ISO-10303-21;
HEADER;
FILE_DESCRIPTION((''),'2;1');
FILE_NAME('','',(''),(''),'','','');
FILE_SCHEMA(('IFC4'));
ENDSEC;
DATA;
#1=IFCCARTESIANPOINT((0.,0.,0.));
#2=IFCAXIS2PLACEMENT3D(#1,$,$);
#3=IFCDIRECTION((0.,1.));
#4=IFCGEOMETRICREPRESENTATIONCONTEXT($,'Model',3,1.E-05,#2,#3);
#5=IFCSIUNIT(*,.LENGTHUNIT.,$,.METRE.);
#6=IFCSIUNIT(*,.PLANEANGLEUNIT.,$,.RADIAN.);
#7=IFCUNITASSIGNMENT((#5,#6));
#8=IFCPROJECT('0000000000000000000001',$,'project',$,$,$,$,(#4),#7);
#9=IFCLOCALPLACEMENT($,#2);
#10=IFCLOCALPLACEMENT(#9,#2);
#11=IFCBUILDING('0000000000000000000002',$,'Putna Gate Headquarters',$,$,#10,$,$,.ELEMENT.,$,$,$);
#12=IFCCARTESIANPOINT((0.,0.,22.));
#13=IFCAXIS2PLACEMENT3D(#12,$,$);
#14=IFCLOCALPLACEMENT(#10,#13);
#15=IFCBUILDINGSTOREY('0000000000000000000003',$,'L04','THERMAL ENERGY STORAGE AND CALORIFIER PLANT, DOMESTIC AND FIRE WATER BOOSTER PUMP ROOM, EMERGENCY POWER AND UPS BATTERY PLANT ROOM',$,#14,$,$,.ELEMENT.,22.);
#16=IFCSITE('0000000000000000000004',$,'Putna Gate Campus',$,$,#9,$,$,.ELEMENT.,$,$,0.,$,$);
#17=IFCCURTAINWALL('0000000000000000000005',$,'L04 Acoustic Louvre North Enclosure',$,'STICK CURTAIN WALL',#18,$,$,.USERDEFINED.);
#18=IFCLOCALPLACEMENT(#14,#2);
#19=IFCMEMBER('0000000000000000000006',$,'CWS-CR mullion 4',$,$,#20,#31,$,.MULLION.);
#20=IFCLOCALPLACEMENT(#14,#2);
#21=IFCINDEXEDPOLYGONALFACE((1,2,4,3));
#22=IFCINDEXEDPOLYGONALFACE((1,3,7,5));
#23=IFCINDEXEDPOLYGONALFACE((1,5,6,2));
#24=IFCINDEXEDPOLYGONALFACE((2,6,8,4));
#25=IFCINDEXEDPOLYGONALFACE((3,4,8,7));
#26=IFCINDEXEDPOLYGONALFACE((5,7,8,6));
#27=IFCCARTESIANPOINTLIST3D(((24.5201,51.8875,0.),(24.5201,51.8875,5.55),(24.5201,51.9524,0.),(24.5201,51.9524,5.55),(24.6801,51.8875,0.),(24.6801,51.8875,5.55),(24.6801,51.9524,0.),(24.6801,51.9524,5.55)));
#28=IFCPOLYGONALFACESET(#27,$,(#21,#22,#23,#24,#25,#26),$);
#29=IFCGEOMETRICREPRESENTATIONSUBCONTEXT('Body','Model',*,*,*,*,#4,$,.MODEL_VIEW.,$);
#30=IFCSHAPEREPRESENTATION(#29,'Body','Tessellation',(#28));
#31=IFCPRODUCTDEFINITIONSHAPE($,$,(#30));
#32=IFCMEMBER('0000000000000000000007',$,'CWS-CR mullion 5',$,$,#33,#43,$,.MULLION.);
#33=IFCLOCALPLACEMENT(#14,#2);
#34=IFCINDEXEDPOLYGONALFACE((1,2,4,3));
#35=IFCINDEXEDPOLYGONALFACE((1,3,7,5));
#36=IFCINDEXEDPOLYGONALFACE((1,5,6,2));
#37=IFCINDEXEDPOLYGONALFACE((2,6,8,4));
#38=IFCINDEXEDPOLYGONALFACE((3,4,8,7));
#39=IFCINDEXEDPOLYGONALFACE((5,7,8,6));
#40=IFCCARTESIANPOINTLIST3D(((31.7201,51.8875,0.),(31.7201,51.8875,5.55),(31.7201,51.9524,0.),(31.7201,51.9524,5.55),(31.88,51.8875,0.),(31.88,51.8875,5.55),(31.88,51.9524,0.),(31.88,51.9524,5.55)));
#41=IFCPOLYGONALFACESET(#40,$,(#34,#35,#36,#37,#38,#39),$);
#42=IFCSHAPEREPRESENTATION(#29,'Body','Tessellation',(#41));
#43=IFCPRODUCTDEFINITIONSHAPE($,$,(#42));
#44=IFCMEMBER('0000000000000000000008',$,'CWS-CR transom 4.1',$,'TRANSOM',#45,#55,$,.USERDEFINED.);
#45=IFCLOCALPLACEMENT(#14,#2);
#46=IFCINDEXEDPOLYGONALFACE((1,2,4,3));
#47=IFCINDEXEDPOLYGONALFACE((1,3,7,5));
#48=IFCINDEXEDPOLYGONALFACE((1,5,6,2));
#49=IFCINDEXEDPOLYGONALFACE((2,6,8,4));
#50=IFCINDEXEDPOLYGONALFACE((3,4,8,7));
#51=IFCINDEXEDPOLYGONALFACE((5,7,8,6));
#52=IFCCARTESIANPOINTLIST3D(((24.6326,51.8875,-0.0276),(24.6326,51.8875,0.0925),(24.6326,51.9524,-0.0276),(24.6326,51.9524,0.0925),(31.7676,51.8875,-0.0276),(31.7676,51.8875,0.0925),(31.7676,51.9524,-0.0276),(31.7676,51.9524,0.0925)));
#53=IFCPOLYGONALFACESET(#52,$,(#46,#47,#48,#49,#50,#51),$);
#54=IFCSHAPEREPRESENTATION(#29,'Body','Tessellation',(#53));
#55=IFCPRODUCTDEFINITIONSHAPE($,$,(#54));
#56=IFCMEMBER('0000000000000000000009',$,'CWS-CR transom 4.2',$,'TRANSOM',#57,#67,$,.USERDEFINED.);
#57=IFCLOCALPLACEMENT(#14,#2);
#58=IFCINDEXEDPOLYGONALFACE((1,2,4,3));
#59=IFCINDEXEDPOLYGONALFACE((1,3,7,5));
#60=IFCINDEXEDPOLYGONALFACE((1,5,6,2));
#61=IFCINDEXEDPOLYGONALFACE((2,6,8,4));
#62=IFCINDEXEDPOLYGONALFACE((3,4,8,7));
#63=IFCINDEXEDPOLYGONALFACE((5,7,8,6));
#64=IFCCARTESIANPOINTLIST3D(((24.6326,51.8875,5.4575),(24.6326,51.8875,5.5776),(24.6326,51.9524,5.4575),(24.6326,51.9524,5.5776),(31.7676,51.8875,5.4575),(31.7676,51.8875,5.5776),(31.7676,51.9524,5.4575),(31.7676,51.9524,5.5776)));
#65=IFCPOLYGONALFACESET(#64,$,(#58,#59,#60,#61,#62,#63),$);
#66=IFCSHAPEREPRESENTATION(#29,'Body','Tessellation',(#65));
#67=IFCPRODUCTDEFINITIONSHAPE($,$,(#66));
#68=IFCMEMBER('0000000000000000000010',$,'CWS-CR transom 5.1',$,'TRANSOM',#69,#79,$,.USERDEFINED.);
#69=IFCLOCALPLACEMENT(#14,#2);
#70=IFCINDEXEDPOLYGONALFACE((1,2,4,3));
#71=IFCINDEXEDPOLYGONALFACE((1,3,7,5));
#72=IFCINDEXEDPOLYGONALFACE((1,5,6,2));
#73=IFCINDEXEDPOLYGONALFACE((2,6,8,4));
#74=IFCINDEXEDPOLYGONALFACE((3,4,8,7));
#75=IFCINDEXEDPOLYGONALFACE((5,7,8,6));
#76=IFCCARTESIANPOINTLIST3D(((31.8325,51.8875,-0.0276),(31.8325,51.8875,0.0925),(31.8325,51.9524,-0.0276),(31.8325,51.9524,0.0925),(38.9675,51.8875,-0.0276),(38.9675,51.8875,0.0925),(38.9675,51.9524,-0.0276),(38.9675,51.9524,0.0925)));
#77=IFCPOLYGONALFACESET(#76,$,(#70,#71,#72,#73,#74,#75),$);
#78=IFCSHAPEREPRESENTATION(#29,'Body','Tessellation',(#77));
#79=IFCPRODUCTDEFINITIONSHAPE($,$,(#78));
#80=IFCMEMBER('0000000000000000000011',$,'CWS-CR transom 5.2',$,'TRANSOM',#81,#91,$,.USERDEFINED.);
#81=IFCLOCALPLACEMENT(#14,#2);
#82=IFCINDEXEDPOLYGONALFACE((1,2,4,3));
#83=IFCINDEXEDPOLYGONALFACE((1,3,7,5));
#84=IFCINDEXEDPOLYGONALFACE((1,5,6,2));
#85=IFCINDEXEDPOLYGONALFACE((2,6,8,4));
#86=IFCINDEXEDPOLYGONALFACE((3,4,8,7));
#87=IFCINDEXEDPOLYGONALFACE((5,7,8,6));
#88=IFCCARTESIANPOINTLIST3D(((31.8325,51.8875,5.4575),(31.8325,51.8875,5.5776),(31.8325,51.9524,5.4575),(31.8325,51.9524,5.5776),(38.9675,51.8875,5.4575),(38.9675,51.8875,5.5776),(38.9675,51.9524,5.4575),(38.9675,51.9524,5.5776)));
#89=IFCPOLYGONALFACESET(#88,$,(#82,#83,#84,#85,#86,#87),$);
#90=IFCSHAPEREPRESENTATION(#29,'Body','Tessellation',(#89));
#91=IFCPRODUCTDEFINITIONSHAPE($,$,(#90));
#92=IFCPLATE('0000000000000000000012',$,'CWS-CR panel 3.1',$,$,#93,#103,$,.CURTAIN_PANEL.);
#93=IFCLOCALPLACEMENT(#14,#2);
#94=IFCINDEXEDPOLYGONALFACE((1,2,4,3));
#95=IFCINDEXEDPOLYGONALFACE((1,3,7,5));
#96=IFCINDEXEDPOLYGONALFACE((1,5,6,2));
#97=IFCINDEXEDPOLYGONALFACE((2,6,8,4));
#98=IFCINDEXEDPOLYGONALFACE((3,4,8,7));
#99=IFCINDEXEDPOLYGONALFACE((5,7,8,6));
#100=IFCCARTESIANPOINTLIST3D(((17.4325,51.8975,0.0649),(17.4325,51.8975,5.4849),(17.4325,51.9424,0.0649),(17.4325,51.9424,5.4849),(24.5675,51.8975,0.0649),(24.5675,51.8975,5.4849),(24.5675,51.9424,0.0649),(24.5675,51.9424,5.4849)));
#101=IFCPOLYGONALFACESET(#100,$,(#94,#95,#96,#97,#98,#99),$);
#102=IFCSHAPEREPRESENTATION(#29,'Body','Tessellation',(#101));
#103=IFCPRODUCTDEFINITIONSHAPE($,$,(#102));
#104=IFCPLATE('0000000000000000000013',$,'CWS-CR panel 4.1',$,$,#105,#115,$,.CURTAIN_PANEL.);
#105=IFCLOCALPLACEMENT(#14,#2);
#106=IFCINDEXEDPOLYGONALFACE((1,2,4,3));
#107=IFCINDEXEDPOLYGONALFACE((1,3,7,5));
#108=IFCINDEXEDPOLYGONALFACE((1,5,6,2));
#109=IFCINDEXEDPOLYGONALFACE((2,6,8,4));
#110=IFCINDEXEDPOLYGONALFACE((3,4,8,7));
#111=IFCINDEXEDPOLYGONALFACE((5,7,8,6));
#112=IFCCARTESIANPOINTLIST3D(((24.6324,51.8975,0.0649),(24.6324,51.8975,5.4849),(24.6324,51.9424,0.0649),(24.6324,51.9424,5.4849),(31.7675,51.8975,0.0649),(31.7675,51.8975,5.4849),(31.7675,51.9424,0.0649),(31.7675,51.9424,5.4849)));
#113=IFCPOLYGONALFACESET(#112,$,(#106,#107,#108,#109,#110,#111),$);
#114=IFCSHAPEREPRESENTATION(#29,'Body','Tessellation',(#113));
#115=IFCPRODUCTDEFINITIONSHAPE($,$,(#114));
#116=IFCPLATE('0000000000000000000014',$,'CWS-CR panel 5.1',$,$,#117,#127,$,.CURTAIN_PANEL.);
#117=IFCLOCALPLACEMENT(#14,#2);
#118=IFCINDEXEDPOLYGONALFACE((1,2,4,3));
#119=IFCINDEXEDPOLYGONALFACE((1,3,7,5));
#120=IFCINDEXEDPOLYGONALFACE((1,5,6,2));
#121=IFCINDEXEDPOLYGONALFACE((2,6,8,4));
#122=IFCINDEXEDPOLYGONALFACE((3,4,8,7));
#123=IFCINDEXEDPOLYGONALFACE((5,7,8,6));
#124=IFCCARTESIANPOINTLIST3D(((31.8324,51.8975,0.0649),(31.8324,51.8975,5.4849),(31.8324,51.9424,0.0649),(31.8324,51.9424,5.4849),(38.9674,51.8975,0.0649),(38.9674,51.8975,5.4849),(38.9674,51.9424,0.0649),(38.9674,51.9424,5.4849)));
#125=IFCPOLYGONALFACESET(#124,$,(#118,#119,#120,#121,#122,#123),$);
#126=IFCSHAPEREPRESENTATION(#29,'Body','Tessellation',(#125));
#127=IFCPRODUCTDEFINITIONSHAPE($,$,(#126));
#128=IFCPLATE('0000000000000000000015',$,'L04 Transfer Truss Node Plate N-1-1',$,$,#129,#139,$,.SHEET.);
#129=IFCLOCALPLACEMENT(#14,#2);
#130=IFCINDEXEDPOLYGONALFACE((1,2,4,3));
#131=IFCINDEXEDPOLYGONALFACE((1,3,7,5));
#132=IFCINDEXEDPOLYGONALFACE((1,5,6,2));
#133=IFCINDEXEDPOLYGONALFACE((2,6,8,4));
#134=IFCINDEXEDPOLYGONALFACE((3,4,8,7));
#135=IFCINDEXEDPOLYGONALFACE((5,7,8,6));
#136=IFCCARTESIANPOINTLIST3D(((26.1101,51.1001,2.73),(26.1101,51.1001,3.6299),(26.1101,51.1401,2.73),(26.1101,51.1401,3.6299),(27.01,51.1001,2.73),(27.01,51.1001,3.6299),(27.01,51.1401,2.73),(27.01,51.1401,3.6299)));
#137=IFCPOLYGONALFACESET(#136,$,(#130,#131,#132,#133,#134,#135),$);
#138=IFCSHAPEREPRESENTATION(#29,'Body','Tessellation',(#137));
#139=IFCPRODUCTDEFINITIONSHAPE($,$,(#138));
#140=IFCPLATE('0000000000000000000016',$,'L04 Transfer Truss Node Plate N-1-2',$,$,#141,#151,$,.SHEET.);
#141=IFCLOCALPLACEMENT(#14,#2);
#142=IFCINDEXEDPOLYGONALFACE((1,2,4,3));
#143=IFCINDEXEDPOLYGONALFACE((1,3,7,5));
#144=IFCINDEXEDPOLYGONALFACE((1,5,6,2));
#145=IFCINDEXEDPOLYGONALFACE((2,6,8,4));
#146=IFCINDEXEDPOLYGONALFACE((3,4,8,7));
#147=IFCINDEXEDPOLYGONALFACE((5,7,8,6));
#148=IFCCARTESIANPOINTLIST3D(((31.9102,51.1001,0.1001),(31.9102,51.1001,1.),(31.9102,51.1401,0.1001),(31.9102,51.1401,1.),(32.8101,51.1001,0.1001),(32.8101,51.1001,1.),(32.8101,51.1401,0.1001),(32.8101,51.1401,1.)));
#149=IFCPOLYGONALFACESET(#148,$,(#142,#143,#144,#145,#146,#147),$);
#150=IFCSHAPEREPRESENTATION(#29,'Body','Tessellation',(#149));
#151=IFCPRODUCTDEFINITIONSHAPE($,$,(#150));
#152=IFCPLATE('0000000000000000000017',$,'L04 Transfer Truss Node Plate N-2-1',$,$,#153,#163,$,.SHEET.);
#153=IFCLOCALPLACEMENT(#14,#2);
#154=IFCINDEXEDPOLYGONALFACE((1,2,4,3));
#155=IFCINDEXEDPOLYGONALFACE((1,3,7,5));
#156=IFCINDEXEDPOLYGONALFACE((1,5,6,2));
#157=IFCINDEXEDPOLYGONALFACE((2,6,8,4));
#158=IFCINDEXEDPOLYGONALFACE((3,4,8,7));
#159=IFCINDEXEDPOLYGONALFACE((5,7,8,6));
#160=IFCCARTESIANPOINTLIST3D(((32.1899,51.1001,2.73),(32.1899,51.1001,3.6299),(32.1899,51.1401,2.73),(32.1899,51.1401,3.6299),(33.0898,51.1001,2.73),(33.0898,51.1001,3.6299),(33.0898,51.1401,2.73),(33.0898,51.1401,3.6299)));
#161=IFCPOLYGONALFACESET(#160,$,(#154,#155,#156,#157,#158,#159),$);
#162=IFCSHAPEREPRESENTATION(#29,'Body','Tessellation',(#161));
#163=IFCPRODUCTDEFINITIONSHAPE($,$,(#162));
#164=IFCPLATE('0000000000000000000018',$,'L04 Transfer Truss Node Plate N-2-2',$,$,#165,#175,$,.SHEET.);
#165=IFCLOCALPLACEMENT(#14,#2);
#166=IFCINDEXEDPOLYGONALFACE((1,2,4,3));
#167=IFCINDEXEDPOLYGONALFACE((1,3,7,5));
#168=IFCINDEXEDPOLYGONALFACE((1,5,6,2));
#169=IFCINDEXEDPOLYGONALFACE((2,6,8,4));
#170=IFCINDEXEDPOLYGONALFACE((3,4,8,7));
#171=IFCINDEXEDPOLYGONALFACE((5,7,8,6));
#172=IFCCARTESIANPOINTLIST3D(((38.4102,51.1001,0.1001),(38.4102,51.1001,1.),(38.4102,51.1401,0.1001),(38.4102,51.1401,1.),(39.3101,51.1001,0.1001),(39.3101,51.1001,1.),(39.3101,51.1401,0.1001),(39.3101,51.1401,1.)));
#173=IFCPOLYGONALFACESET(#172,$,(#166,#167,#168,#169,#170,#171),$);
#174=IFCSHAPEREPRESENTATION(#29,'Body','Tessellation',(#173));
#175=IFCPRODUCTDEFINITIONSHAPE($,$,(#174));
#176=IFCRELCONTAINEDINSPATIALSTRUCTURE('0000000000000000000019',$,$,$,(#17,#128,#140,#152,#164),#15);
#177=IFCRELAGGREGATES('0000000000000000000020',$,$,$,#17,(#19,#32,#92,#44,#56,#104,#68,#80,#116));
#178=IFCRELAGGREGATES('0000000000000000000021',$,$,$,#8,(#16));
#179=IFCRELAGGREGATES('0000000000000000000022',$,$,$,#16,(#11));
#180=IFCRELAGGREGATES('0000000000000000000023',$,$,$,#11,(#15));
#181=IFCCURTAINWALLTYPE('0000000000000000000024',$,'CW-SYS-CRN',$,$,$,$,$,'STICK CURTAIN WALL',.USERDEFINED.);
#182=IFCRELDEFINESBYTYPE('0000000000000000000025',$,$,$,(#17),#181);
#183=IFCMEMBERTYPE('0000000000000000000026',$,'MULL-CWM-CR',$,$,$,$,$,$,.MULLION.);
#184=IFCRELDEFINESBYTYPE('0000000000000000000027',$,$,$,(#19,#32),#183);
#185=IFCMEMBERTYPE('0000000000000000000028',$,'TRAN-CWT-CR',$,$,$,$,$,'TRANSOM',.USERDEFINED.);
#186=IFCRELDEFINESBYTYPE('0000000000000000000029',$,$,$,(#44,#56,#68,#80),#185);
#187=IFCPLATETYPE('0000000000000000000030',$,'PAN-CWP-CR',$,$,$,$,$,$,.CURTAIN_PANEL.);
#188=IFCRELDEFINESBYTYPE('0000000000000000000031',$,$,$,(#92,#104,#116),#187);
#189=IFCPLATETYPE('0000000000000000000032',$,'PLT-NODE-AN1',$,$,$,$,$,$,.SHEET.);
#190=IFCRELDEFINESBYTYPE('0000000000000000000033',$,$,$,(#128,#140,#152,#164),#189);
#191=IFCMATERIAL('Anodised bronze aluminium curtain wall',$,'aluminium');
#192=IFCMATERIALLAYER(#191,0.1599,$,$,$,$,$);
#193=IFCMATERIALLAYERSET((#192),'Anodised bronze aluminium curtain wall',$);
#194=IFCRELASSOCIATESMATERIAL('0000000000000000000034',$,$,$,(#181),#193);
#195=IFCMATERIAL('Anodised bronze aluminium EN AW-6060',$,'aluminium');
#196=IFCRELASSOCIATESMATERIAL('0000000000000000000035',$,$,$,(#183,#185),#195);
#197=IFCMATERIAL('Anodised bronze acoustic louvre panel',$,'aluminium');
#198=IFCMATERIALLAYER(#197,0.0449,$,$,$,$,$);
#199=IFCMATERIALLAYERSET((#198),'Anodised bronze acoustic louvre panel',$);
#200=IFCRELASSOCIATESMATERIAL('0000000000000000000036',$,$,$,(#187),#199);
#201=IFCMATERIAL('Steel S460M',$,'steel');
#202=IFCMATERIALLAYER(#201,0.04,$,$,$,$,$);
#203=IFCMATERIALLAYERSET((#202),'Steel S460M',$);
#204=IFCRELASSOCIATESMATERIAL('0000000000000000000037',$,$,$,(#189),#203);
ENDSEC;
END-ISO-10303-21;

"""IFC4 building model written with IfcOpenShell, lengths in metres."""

from ifc_helpers import new_model, si_unit, direction, frame, origin, origin_2d, place, context, subcontext, project, spatial, rectangle, extrude, material, layer, layer_set, material_profile, profile_set, type_object, element, aggregate, save


model = new_model("IFC4")

# Units and contexts
model_context = context("Model", 3, precision=1e-05, world=origin(), true_north=direction((0.0, 1.0)))
body_context = subcontext(model_context, "Body", "Model", "MODEL_VIEW")
ifc_project = project(units=[si_unit("LENGTHUNIT", "METRE"), si_unit("PLANEANGLEUNIT", "RADIAN")], contexts=[model_context])

# Site, building, storey
site_placement = place(None, origin())
site = spatial("IfcSite", under=ifc_project, at=site_placement, Name="Putna Gate Campus", CompositionType="ELEMENT", RefElevation=0.0)
building_placement = place(site_placement, origin())
building = spatial("IfcBuilding", under=site, at=building_placement, Name="Putna Gate Headquarters", CompositionType="ELEMENT")
storey_placement = place(building_placement, frame((0.0, 0.0, 22.0)))
storey = spatial("IfcBuildingStorey", under=building, at=storey_placement, Name="L04", Description="THERMAL ENERGY STORAGE AND CALORIFIER PLANT, DOMESTIC AND FIRE WATER BOOSTER PUMP ROOM, EMERGENCY POWER AND UPS BATTERY PLANT ROOM", CompositionType="ELEMENT", Elevation=22.0)

# Shared definitions
ifc_material_1 = material(Name="Steel S460M", Category="steel")

# Curtain wall, members, plates
ifc_material_2 = material(Name="Anodised bronze aluminium curtain wall", Category="aluminium")
ifc_layer_1 = layer(ifc_material_2, 0.1599)
ifc_layer_set_1 = layer_set([ifc_layer_1], Name="Anodised bronze aluminium curtain wall")
curtain_wall_type = type_object("IfcCurtainWallType", Name="CW-SYS-CRN", ElementType="STICK CURTAIN WALL", PredefinedType="USERDEFINED", material=ifc_layer_set_1)
curtain_wall_placement = place(storey_placement, origin())
curtain_wall = element("IfcCurtainWall", 1, at=curtain_wall_placement, inside=storey, type_object=curtain_wall_type, Name="L04 Acoustic Louvre North Enclosure", ObjectType="STICK CURTAIN WALL", PredefinedType="USERDEFINED")
ifc_material_3 = material(Name="Anodised bronze aluminium EN AW-6060", Category="aluminium")
ifc_material_profile_1 = material_profile(ifc_material_3, rectangle(XDim=0.0649, YDim=0.1599, at=origin_2d()), Name="Anodised bronze aluminium EN AW-6060")
ifc_profile_set_1 = profile_set([ifc_material_profile_1], Name="Anodised bronze aluminium EN AW-6060")
member_type_1 = type_object("IfcMemberType", Name="MULL-CWM-CR", PredefinedType="MULLION", material=ifc_profile_set_1)
member_1_placement = place(storey_placement, frame((24.6001, 51.9199, 0.0), z_axis=(0.0, 0.0, 1.0), x_axis=(0.0, 1.0, 0.0)))
member_1 = element("IfcMember", 2, at=member_1_placement, type_object=member_type_1, Name="CWS-CR mullion 4", PredefinedType="MULLION", context=body_context, shape_type="SweptSolid", body=[
    extrude(rectangle(XDim=0.0649, YDim=0.1599, at=origin_2d()), origin(), (0.0, 0.0, 1.0), 5.55),
])
member_2_placement = place(storey_placement, frame((31.8, 51.9199, 0.0), z_axis=(0.0, 0.0, 1.0), x_axis=(0.0, 1.0, 0.0)))
member_2 = element("IfcMember", 3, at=member_2_placement, type_object=member_type_1, Name="CWS-CR mullion 5", PredefinedType="MULLION", context=body_context, shape_type="SweptSolid", body=[
    extrude(rectangle(XDim=0.0649, YDim=0.1599, at=origin_2d()), origin(), (0.0, 0.0, 1.0), 5.55),
])
ifc_material_profile_2 = material_profile(ifc_material_3, rectangle(XDim=0.0649, YDim=0.1201, at=origin_2d()), Name="Anodised bronze aluminium EN AW-6060")
ifc_profile_set_2 = profile_set([ifc_material_profile_2], Name="Anodised bronze aluminium EN AW-6060")
member_type_2 = type_object("IfcMemberType", Name="TRAN-CWT-CR", ElementType="TRANSOM", PredefinedType="USERDEFINED", material=ifc_profile_set_2)
member_3_placement = place(storey_placement, frame((24.6326, 51.9199, 0.0325), z_axis=(1.0, 0.0, 0.0), x_axis=(0.0, 1.0, 0.0)))
member_3 = element("IfcMember", 4, at=member_3_placement, type_object=member_type_2, Name="CWS-CR transom 4.1", ObjectType="TRANSOM", PredefinedType="USERDEFINED", context=body_context, shape_type="SweptSolid", body=[
    extrude(rectangle(XDim=0.0649, YDim=0.1201, at=origin_2d()), origin(), (0.0, 0.0, 1.0), 7.135),
])
member_4_placement = place(storey_placement, frame((24.6326, 51.9199, 5.5176), z_axis=(1.0, 0.0, 0.0), x_axis=(0.0, 1.0, 0.0)))
member_4 = element("IfcMember", 5, at=member_4_placement, type_object=member_type_2, Name="CWS-CR transom 4.2", ObjectType="TRANSOM", PredefinedType="USERDEFINED", context=body_context, shape_type="SweptSolid", body=[
    extrude(rectangle(XDim=0.0649, YDim=0.1201, at=origin_2d()), origin(), (0.0, 0.0, 1.0), 7.135),
])
member_5_placement = place(storey_placement, frame((31.8325, 51.9199, 0.0325), z_axis=(1.0, 0.0, 0.0), x_axis=(0.0, 1.0, 0.0)))
member_5 = element("IfcMember", 6, at=member_5_placement, type_object=member_type_2, Name="CWS-CR transom 5.1", ObjectType="TRANSOM", PredefinedType="USERDEFINED", context=body_context, shape_type="SweptSolid", body=[
    extrude(rectangle(XDim=0.0649, YDim=0.1201, at=origin_2d()), origin(), (0.0, 0.0, 1.0), 7.135),
])
member_6_placement = place(storey_placement, frame((31.8325, 51.9199, 5.5176), z_axis=(1.0, 0.0, 0.0), x_axis=(0.0, 1.0, 0.0)))
member_6 = element("IfcMember", 7, at=member_6_placement, type_object=member_type_2, Name="CWS-CR transom 5.2", ObjectType="TRANSOM", PredefinedType="USERDEFINED", context=body_context, shape_type="SweptSolid", body=[
    extrude(rectangle(XDim=0.0649, YDim=0.1201, at=origin_2d()), origin(), (0.0, 0.0, 1.0), 7.135),
])
ifc_material_4 = material(Name="Anodised bronze acoustic louvre panel", Category="aluminium")
ifc_layer_2 = layer(ifc_material_4, 0.0449)
ifc_layer_set_2 = layer_set([ifc_layer_2], Name="Anodised bronze acoustic louvre panel")
plate_type_1 = type_object("IfcPlateType", Name="PAN-CWP-CR", PredefinedType="CURTAIN_PANEL", material=ifc_layer_set_2)
plate_1_placement = place(storey_placement, frame((21.0, 51.9199, 0.0649), z_axis=(0.0, 0.0, 1.0), x_axis=(1.0, 0.0, 0.0)))
plate_1 = element("IfcPlate", 8, at=plate_1_placement, type_object=plate_type_1, Name="CWS-CR panel 3.1", PredefinedType="CURTAIN_PANEL", context=body_context, shape_type="SweptSolid", body=[
    extrude(rectangle(XDim=7.135, YDim=0.0449, at=origin_2d()), origin(), (0.0, 0.0, 1.0), 5.4199),
])
plate_2_placement = place(storey_placement, frame((28.2, 51.9199, 0.0649), z_axis=(0.0, 0.0, 1.0), x_axis=(1.0, 0.0, 0.0)))
plate_2 = element("IfcPlate", 9, at=plate_2_placement, type_object=plate_type_1, Name="CWS-CR panel 4.1", PredefinedType="CURTAIN_PANEL", context=body_context, shape_type="SweptSolid", body=[
    extrude(rectangle(XDim=7.135, YDim=0.0449, at=origin_2d()), origin(), (0.0, 0.0, 1.0), 5.4199),
])
plate_3_placement = place(storey_placement, frame((35.3999, 51.9199, 0.0649), z_axis=(0.0, 0.0, 1.0), x_axis=(1.0, 0.0, 0.0)))
plate_3 = element("IfcPlate", 10, at=plate_3_placement, type_object=plate_type_1, Name="CWS-CR panel 5.1", PredefinedType="CURTAIN_PANEL", context=body_context, shape_type="SweptSolid", body=[
    extrude(rectangle(XDim=7.135, YDim=0.0449, at=origin_2d()), origin(), (0.0, 0.0, 1.0), 5.4199),
])
aggregate(curtain_wall, [member_1, member_2, plate_1, member_3, member_4, plate_2, member_5, member_6, plate_3])

# Plates
ifc_layer_3 = layer(ifc_material_1, 0.04)
ifc_layer_set_3 = layer_set([ifc_layer_3], Name="Steel S460M")
plate_type_2 = type_object("IfcPlateType", Name="PLT-NODE-AN1", PredefinedType="SHEET", material=ifc_layer_set_3)
for number, where, z_axis, x_axis, name in (
    (11, (26.5601, 51.1201, 2.73), (0.0, 0.0, 1.0), (1.0, 0.0, 0.0), "L04 Transfer Truss Node Plate N-1-1"),
    (12, (32.3601, 51.1201, 0.1001), (0.0, 0.0, 1.0), (1.0, 0.0, 0.0), "L04 Transfer Truss Node Plate N-1-2"),
    (13, (32.6399, 51.1201, 2.73), (0.0, 0.0, 1.0), (1.0, 0.0, 0.0), "L04 Transfer Truss Node Plate N-2-1"),
    (14, (38.8601, 51.1201, 0.1001), (0.0, 0.0, 1.0), (1.0, 0.0, 0.0), "L04 Transfer Truss Node Plate N-2-2"),
):
    element("IfcPlate", number, at=place(storey_placement, frame(where, z_axis=z_axis, x_axis=x_axis)), inside=storey, type_object=plate_type_2, Name=name, PredefinedType="SHEET", context=body_context, shape_type="SweptSolid", body=[
        extrude(rectangle(XDim=0.8999, YDim=0.04, at=origin_2d()), origin(), (0.0, 0.0, 1.0), 0.8999),
    ])

save(model, "model.ifc")
